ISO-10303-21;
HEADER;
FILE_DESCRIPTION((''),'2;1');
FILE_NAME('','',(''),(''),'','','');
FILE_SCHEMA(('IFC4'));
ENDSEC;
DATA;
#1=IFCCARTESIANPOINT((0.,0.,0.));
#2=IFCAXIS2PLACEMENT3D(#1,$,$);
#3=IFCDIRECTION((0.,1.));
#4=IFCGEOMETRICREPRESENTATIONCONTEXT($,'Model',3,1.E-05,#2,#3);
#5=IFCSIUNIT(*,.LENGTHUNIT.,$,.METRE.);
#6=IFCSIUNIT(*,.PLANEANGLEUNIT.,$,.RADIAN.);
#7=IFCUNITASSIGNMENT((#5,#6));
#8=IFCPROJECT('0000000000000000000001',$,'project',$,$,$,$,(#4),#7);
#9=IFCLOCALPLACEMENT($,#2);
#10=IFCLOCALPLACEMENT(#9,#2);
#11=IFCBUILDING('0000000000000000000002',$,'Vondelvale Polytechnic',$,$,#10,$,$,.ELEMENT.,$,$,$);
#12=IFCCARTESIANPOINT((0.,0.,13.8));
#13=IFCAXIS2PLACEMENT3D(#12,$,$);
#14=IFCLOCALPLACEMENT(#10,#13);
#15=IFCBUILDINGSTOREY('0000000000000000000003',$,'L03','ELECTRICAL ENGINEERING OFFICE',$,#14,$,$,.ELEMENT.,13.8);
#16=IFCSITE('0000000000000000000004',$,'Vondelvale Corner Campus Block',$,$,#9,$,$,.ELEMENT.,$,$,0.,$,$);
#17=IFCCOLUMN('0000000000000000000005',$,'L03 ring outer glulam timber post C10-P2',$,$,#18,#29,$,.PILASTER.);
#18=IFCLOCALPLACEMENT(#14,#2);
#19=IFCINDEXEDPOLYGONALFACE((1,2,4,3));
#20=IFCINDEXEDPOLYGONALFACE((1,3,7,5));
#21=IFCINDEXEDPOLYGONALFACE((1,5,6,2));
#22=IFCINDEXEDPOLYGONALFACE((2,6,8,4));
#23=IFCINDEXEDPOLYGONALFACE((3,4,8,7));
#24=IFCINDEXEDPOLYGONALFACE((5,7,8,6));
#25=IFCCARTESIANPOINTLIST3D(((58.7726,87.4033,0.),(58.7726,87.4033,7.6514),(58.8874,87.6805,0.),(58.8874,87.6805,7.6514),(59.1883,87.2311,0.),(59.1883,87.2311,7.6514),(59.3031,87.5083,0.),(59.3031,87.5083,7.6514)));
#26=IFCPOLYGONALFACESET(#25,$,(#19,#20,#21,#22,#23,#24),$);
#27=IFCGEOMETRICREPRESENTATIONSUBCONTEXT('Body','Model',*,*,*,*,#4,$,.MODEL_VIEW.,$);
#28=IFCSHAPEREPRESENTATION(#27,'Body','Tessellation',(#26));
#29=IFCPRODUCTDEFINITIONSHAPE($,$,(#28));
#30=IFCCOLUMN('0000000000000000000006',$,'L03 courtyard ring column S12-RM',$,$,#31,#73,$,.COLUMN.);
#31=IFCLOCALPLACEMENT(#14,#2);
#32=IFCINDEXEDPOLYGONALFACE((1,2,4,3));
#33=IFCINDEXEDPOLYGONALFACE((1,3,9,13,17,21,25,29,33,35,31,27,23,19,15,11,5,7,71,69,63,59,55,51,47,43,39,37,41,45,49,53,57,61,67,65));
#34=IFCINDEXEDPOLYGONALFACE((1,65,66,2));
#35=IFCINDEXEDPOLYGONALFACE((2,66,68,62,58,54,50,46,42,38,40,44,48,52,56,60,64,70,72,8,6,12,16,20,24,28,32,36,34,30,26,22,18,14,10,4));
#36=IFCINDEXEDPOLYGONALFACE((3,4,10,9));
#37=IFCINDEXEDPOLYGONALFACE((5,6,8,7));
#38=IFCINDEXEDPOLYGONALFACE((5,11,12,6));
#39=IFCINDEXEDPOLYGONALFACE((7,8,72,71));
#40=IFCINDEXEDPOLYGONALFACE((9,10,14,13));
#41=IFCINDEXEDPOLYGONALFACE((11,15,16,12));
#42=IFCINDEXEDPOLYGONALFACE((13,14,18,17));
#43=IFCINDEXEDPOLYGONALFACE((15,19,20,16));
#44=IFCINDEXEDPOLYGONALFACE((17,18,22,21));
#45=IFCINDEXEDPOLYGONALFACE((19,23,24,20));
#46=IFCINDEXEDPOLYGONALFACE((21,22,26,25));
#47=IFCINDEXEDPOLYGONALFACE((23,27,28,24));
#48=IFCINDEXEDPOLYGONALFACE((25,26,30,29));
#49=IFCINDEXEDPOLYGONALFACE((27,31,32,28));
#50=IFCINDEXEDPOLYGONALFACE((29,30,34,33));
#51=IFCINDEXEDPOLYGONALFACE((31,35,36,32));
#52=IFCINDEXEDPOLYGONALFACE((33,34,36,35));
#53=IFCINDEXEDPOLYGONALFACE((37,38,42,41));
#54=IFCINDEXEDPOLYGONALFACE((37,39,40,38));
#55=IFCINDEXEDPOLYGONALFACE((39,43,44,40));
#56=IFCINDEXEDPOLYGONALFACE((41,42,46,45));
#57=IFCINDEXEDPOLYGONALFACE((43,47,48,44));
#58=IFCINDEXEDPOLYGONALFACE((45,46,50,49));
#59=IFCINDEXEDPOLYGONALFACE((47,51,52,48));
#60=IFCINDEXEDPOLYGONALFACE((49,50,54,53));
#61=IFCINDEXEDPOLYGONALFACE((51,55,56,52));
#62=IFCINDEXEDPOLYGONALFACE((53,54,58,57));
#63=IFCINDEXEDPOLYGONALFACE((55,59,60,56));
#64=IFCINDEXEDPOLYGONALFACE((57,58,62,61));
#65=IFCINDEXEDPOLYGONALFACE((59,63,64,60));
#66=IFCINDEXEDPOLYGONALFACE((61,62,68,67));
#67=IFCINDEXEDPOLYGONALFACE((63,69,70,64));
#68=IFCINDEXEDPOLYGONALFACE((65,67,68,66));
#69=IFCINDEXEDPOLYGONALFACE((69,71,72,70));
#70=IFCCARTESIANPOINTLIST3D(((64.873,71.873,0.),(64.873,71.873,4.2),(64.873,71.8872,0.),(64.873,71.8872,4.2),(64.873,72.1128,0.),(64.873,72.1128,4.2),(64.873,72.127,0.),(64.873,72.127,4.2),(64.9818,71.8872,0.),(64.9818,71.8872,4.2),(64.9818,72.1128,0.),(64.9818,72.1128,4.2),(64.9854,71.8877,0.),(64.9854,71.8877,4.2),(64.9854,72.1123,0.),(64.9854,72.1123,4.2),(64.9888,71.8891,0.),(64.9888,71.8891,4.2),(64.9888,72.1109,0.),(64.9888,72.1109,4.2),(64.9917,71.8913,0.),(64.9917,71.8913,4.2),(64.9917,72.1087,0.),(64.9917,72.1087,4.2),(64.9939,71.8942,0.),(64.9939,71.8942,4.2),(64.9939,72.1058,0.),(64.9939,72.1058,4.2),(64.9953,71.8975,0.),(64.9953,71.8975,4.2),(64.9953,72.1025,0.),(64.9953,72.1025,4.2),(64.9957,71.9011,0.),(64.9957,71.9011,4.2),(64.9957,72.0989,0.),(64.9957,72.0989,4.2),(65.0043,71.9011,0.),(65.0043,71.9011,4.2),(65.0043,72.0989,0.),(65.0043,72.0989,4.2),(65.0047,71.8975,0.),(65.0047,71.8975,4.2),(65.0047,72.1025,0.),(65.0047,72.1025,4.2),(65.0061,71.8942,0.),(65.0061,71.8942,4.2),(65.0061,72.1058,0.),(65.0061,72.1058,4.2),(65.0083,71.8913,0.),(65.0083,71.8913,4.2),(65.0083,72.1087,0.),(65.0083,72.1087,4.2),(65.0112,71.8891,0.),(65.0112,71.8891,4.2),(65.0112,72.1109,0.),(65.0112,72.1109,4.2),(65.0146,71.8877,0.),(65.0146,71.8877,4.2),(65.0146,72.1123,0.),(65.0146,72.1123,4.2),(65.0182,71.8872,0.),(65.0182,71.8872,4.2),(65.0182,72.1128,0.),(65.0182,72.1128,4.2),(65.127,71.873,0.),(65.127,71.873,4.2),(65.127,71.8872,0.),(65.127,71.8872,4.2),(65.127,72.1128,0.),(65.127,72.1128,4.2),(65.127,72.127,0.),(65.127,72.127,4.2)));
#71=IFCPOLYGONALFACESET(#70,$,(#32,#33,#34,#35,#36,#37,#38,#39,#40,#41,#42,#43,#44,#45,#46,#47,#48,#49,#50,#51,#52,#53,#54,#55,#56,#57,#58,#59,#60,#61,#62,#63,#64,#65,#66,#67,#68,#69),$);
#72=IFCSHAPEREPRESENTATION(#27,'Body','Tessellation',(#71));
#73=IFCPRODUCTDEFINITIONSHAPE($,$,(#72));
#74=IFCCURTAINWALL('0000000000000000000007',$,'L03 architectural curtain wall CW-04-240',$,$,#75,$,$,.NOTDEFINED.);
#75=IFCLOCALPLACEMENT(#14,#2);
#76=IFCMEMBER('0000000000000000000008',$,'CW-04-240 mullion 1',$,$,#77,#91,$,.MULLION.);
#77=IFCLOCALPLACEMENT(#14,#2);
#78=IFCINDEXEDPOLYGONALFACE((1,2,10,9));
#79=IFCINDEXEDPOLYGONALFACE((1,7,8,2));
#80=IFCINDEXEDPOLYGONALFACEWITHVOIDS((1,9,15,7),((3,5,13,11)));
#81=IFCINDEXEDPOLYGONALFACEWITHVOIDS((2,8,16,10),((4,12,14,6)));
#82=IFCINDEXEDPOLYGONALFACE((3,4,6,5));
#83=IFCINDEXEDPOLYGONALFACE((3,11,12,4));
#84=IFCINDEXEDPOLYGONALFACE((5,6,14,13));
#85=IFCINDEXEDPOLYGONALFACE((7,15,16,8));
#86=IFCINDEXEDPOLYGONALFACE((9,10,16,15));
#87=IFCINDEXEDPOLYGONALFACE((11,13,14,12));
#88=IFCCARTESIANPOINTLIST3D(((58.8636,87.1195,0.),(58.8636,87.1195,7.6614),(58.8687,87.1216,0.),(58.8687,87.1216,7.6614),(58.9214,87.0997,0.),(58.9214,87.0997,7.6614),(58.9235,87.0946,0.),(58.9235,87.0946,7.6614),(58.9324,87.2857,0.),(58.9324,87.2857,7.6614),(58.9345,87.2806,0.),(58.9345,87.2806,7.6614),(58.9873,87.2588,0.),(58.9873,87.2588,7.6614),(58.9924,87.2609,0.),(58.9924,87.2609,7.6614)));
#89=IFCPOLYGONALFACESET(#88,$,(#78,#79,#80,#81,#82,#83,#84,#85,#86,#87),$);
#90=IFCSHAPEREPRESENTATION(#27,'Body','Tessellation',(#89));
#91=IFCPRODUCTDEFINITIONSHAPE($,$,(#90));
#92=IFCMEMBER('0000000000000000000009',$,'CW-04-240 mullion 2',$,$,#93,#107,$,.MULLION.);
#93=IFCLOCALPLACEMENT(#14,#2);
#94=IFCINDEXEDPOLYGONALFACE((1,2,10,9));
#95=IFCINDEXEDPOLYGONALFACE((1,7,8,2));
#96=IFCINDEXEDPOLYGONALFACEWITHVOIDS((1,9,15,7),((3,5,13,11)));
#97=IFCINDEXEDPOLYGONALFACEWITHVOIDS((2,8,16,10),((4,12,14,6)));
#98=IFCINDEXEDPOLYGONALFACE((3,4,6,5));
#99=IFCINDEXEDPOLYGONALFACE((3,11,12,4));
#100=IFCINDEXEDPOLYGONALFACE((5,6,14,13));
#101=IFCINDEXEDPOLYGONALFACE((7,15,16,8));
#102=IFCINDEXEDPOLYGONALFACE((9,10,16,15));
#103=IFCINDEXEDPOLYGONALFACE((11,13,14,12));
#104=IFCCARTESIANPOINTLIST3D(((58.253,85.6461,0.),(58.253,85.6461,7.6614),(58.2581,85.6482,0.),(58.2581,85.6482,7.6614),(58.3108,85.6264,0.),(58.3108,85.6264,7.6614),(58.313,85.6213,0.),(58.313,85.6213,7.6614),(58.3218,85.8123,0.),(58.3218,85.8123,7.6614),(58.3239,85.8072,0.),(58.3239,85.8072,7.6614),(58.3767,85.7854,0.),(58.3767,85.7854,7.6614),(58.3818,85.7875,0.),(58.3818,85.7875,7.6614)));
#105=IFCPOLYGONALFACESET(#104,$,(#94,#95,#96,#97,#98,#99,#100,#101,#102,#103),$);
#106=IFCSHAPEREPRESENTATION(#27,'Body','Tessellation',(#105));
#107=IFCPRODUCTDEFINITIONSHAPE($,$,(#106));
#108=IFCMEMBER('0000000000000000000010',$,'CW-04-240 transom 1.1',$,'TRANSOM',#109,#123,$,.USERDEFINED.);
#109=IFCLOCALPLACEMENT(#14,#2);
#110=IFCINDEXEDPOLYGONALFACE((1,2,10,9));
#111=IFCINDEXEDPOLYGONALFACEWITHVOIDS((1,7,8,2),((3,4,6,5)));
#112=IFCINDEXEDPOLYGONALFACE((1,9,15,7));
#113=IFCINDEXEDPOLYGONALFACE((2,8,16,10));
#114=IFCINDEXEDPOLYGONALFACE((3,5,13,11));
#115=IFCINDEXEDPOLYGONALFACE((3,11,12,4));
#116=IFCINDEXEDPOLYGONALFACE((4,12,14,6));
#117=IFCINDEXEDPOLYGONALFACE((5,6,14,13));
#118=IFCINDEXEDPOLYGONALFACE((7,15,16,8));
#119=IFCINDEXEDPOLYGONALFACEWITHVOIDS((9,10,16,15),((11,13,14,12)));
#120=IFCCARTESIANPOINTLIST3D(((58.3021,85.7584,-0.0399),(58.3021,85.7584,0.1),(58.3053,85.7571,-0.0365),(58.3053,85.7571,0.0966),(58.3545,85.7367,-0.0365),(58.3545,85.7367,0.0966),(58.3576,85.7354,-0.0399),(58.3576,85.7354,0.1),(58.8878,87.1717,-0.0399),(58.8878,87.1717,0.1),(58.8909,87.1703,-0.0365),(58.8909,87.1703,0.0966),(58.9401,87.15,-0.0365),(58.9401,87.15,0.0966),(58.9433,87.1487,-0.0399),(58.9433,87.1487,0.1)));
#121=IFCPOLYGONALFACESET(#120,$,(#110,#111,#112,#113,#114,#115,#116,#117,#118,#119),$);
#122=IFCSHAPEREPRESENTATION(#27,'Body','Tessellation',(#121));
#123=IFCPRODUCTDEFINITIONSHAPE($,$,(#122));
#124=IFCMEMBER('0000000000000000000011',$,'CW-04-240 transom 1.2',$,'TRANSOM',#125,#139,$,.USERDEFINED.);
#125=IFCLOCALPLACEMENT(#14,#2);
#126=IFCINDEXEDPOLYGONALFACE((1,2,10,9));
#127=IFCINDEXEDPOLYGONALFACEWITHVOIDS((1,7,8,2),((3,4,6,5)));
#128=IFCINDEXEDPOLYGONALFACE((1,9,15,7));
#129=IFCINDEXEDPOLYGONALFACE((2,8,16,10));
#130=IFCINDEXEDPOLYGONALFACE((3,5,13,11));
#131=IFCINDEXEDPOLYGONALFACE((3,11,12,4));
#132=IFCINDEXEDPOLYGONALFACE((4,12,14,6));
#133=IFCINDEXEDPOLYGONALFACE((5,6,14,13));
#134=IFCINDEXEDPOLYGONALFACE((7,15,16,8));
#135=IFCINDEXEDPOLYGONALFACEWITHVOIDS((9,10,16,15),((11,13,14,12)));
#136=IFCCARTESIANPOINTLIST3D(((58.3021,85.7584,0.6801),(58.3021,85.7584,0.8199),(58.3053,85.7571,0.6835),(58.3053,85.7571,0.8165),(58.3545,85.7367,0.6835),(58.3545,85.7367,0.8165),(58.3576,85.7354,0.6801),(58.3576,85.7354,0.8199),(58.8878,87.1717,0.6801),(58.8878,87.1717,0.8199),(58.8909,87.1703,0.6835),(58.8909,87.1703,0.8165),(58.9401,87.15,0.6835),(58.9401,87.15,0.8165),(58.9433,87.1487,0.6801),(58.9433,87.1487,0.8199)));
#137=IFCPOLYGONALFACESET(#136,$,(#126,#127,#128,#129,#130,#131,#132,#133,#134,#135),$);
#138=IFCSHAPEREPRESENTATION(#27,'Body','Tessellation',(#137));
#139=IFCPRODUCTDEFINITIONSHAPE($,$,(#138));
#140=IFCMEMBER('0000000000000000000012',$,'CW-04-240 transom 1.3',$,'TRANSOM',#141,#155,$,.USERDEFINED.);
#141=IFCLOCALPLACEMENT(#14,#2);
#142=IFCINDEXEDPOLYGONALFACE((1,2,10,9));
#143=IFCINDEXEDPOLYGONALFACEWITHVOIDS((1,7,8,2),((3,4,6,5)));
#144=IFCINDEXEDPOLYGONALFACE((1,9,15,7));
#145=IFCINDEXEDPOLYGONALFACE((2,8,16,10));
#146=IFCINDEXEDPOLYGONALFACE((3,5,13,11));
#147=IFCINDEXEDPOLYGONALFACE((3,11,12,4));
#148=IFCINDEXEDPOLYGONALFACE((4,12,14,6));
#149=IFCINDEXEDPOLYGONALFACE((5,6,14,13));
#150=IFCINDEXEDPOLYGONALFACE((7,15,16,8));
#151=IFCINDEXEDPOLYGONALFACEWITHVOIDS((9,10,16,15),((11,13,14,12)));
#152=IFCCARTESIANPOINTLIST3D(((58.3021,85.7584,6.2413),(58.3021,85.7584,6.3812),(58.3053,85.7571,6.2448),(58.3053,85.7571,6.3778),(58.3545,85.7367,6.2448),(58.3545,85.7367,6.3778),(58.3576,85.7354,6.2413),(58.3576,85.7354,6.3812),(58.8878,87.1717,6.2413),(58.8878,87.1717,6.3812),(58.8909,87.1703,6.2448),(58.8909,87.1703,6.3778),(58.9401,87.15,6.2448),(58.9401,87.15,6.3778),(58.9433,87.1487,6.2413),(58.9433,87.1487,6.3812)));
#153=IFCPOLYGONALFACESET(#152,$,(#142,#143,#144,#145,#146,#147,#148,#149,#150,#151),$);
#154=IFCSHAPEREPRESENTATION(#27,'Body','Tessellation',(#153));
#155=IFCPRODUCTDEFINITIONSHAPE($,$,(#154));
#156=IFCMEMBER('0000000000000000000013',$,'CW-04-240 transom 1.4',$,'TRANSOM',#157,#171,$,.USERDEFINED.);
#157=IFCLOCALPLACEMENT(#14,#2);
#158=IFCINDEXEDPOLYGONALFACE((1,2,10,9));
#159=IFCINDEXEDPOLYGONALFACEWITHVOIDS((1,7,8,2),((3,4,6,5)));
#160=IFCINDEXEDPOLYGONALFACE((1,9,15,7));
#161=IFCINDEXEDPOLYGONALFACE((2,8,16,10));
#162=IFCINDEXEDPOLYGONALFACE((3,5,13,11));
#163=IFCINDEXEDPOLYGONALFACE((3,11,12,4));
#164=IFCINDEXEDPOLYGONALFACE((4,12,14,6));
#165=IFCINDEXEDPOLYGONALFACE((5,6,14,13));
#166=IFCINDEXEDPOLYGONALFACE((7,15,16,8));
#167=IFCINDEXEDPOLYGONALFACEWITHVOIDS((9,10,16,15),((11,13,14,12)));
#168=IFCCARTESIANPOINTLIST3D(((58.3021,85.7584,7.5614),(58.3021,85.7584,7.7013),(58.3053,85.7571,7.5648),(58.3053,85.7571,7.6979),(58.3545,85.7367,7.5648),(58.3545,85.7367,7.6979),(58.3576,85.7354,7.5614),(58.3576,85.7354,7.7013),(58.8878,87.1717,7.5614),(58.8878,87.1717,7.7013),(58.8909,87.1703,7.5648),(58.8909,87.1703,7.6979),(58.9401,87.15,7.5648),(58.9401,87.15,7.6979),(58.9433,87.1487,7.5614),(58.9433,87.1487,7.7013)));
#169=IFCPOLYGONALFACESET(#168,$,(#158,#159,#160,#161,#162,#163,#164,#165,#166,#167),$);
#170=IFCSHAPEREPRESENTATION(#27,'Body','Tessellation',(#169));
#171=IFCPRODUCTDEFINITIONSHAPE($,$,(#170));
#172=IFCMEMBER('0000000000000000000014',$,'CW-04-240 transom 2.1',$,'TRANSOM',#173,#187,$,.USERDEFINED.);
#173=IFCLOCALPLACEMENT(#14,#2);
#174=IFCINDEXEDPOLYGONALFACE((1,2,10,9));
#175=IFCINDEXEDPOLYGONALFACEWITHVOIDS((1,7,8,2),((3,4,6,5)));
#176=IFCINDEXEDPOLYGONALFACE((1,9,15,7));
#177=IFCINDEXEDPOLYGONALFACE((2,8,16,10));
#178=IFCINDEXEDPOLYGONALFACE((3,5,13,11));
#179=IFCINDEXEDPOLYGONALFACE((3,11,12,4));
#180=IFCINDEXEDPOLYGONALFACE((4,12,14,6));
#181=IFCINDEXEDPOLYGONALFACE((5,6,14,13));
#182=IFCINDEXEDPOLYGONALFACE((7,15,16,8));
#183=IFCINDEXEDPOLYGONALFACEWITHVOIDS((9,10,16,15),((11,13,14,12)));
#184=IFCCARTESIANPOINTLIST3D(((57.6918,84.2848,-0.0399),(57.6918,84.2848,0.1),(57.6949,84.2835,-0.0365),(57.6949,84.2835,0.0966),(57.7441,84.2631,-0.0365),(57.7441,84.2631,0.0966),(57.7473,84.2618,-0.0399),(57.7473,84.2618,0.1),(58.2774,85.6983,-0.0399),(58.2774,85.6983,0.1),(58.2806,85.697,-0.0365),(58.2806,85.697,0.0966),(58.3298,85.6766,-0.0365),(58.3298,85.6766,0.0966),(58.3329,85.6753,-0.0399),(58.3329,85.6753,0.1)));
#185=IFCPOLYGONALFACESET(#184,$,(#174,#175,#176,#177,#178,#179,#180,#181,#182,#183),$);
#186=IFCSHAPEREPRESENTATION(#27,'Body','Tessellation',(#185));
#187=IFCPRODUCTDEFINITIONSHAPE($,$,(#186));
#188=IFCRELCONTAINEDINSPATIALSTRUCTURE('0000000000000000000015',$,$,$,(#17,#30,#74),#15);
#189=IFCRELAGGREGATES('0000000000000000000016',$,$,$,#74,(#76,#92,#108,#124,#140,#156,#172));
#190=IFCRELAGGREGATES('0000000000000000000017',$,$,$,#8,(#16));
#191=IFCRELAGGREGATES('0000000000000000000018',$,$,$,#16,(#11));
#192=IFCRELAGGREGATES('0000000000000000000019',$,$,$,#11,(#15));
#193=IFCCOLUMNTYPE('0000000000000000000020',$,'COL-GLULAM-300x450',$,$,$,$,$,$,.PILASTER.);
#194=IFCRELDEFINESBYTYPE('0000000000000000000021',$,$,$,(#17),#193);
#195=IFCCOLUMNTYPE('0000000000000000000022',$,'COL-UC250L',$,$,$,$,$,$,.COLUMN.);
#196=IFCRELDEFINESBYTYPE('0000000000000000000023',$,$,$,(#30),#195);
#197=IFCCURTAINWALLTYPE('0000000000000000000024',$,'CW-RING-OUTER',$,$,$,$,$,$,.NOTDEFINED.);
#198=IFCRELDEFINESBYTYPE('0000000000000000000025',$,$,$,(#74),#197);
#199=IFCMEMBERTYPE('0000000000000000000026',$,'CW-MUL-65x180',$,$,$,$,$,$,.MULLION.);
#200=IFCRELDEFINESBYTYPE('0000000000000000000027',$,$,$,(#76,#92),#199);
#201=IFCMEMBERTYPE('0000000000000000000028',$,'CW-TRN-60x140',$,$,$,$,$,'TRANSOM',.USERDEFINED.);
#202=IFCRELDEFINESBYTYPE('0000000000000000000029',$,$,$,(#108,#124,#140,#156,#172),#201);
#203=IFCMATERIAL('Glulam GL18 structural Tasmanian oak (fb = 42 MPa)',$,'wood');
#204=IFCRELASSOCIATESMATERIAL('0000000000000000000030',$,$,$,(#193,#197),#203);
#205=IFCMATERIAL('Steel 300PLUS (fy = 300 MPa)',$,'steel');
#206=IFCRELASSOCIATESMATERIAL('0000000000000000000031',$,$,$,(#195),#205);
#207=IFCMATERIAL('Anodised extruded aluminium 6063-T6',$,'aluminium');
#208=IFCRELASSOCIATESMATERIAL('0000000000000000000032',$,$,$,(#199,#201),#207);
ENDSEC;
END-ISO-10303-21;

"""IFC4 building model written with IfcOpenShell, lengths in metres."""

from ifc_helpers import new_model, si_unit, direction, frame, origin, origin_2d, place, context, subcontext, project, spatial, rectangle, hollow_rectangle, i_section, extrude, material, material_profile, profile_set, type_object, element, aggregate, save


model = new_model("IFC4")

# Units and contexts
model_context = context("Model", 3, precision=1e-05, world=origin(), true_north=direction((0.0, 1.0)))
body_context = subcontext(model_context, "Body", "Model", "MODEL_VIEW")
ifc_project = project(units=[si_unit("LENGTHUNIT", "METRE"), si_unit("PLANEANGLEUNIT", "RADIAN")], contexts=[model_context])

# Site, building, storey
site_placement = place(None, origin())
site = spatial("IfcSite", under=ifc_project, at=site_placement, Name="Vondelvale Corner Campus Block", CompositionType="ELEMENT", RefElevation=0.0)
building_placement = place(site_placement, origin())
building = spatial("IfcBuilding", under=site, at=building_placement, Name="Vondelvale Polytechnic", CompositionType="ELEMENT")
storey_placement = place(building_placement, frame((0.0, 0.0, 13.8)))
storey = spatial("IfcBuildingStorey", under=building, at=storey_placement, Name="L03", Description="ELECTRICAL ENGINEERING OFFICE", CompositionType="ELEMENT", Elevation=13.8)

# Columns
ifc_material_1 = material(Name="Glulam GL18 structural Tasmanian oak (fb = 42 MPa)", Category="wood")
ifc_material_profile_1 = material_profile(ifc_material_1, rectangle(XDim=0.3, YDim=0.45, at=origin_2d()), Name="GL-POST-300x450")
ifc_profile_set_1 = profile_set([ifc_material_profile_1], Name="Glulam GL18 structural Tasmanian oak (fb = 42 MPa)")
column_type_1 = type_object("IfcColumnType", Name="COL-GLULAM-300x450", PredefinedType="PILASTER", material=ifc_profile_set_1)
column_1_placement = place(storey_placement, frame((59.0378, 87.4558, 0.0), z_axis=(0.0, 0.0, 1.0), x_axis=(0.382683, 0.92388, 0.0)))
element("IfcColumn", 1, at=column_1_placement, inside=storey, type_object=column_type_1, Name="L03 ring outer glulam timber post C10-P2", PredefinedType="PILASTER", context=body_context, shape_type="SweptSolid", body=[
    extrude(rectangle(XDim=0.3, YDim=0.45, at=origin_2d()), origin(), (0.0, 0.0, 1.0), 7.6514),
])
ifc_material_2 = material(Name="Steel 300PLUS (fy = 300 MPa)", Category="steel")
ifc_material_profile_2 = material_profile(ifc_material_2, i_section(OverallWidth=0.2539, OverallDepth=0.2539, WebThickness=0.0085, FlangeThickness=0.0142, FilletRadius=0.0139, at=origin_2d()), Name="250UC72.9")
ifc_profile_set_2 = profile_set([ifc_material_profile_2], Name="Steel 300PLUS (fy = 300 MPa)")
column_type_2 = type_object("IfcColumnType", Name="COL-UC250L", PredefinedType="COLUMN", material=ifc_profile_set_2)
column_2_placement = place(storey_placement, frame((65.0, 72.0, 0.0), z_axis=(0.0, 0.0, 1.0), x_axis=(1.0, 0.0, 0.0)))
element("IfcColumn", 2, at=column_2_placement, inside=storey, type_object=column_type_2, Name="L03 courtyard ring column S12-RM", PredefinedType="COLUMN", context=body_context, shape_type="SweptSolid", body=[
    extrude(i_section(OverallWidth=0.2539, OverallDepth=0.2539, WebThickness=0.0085, FlangeThickness=0.0142, FilletRadius=0.0139, at=origin_2d()), origin(), (0.0, 0.0, 1.0), 4.2),
])

# Curtain wall, members
curtain_wall_type = type_object("IfcCurtainWallType", Name="CW-RING-OUTER", PredefinedType="NOTDEFINED", material=ifc_material_1)
curtain_wall_placement = place(storey_placement, origin())
curtain_wall = element("IfcCurtainWall", 3, at=curtain_wall_placement, inside=storey, type_object=curtain_wall_type, Name="L03 architectural curtain wall CW-04-240", PredefinedType="NOTDEFINED")
ifc_material_3 = material(Name="Anodised extruded aluminium 6063-T6", Category="aluminium")
ifc_material_profile_3 = material_profile(ifc_material_3, hollow_rectangle(XDim=0.0649, YDim=0.1799, WallThickness=0.0039, at=origin_2d()), Name="CW-MUL-180x65")
ifc_profile_set_3 = profile_set([ifc_material_profile_3], Name="Anodised extruded aluminium 6063-T6")
member_type_1 = type_object("IfcMemberType", Name="CW-MUL-65x180", PredefinedType="MULLION", material=ifc_profile_set_3)
member_1_placement = place(storey_placement, frame((58.928, 87.1902, 0.0), z_axis=(0.0, 0.0, 1.0), x_axis=(0.923882, -0.382677, 0.0)))
member_1 = element("IfcMember", 4, at=member_1_placement, type_object=member_type_1, Name="CW-04-240 mullion 1", PredefinedType="MULLION", context=body_context, shape_type="SweptSolid", body=[
    extrude(hollow_rectangle(XDim=0.0649, YDim=0.1799, WallThickness=0.0039, at=origin_2d()), origin(), (0.0, 0.0, 1.0), 7.6614),
])
member_2_placement = place(storey_placement, frame((58.3174, 85.7168, 0.0), z_axis=(0.0, 0.0, 1.0), x_axis=(0.923882, -0.382677, 0.0)))
member_2 = element("IfcMember", 5, at=member_2_placement, type_object=member_type_1, Name="CW-04-240 mullion 2", PredefinedType="MULLION", context=body_context, shape_type="SweptSolid", body=[
    extrude(hollow_rectangle(XDim=0.0649, YDim=0.1799, WallThickness=0.0039, at=origin_2d()), origin(), (0.0, 0.0, 1.0), 7.6614),
])
ifc_material_profile_4 = material_profile(ifc_material_3, hollow_rectangle(XDim=0.0601, YDim=0.1399, WallThickness=0.0034, at=origin_2d()), Name="CW-TRN-140x60")
ifc_profile_set_4 = profile_set([ifc_material_profile_4], Name="Anodised extruded aluminium 6063-T6")
member_type_2 = type_object("IfcMemberType", Name="CW-TRN-60x140", ElementType="TRANSOM", PredefinedType="USERDEFINED", material=ifc_profile_set_4)
member_3_placement = place(storey_placement, frame((58.9155, 87.1602, 0.03), z_axis=(-0.382836, -0.923816, 0.0), x_axis=(0.923816, -0.382836, 0.0)))
member_3 = element("IfcMember", 6, at=member_3_placement, type_object=member_type_2, Name="CW-04-240 transom 1.1", ObjectType="TRANSOM", PredefinedType="USERDEFINED", context=body_context, shape_type="SweptSolid", body=[
    extrude(hollow_rectangle(XDim=0.0601, YDim=0.1399, WallThickness=0.0034, at=origin_2d()), origin(), (0.0, 0.0, 1.0), 1.5298),
])
member_4_placement = place(storey_placement, frame((58.9155, 87.1602, 0.75), z_axis=(-0.382836, -0.923816, 0.0), x_axis=(0.923816, -0.382836, 0.0)))
member_4 = element("IfcMember", 7, at=member_4_placement, type_object=member_type_2, Name="CW-04-240 transom 1.2", ObjectType="TRANSOM", PredefinedType="USERDEFINED", context=body_context, shape_type="SweptSolid", body=[
    extrude(hollow_rectangle(XDim=0.0601, YDim=0.1399, WallThickness=0.0034, at=origin_2d()), origin(), (0.0, 0.0, 1.0), 1.5298),
])
member_5_placement = place(storey_placement, frame((58.9155, 87.1602, 6.3113), z_axis=(-0.382836, -0.923816, 0.0), x_axis=(0.923816, -0.382836, 0.0)))
member_5 = element("IfcMember", 8, at=member_5_placement, type_object=member_type_2, Name="CW-04-240 transom 1.3", ObjectType="TRANSOM", PredefinedType="USERDEFINED", context=body_context, shape_type="SweptSolid", body=[
    extrude(hollow_rectangle(XDim=0.0601, YDim=0.1399, WallThickness=0.0034, at=origin_2d()), origin(), (0.0, 0.0, 1.0), 1.5298),
])
member_6_placement = place(storey_placement, frame((58.9155, 87.1602, 7.6313), z_axis=(-0.382836, -0.923816, 0.0), x_axis=(0.923816, -0.382836, 0.0)))
member_6 = element("IfcMember", 9, at=member_6_placement, type_object=member_type_2, Name="CW-04-240 transom 1.4", ObjectType="TRANSOM", PredefinedType="USERDEFINED", context=body_context, shape_type="SweptSolid", body=[
    extrude(hollow_rectangle(XDim=0.0601, YDim=0.1399, WallThickness=0.0034, at=origin_2d()), origin(), (0.0, 0.0, 1.0), 1.5298),
])
member_7_placement = place(storey_placement, frame((58.3052, 85.6868, 0.03), z_axis=(-0.382779, -0.92384, 0.0), x_axis=(0.92384, -0.382779, 0.0)))
member_7 = element("IfcMember", 10, at=member_7_placement, type_object=member_type_2, Name="CW-04-240 transom 2.1", ObjectType="TRANSOM", PredefinedType="USERDEFINED", context=body_context, shape_type="SweptSolid", body=[
    extrude(hollow_rectangle(XDim=0.0601, YDim=0.1399, WallThickness=0.0034, at=origin_2d()), origin(), (0.0, 0.0, 1.0), 1.53),
])

aggregate(curtain_wall, [member_1, member_2, member_3, member_4, member_5, member_6, member_7])

save(model, "model.ifc")
